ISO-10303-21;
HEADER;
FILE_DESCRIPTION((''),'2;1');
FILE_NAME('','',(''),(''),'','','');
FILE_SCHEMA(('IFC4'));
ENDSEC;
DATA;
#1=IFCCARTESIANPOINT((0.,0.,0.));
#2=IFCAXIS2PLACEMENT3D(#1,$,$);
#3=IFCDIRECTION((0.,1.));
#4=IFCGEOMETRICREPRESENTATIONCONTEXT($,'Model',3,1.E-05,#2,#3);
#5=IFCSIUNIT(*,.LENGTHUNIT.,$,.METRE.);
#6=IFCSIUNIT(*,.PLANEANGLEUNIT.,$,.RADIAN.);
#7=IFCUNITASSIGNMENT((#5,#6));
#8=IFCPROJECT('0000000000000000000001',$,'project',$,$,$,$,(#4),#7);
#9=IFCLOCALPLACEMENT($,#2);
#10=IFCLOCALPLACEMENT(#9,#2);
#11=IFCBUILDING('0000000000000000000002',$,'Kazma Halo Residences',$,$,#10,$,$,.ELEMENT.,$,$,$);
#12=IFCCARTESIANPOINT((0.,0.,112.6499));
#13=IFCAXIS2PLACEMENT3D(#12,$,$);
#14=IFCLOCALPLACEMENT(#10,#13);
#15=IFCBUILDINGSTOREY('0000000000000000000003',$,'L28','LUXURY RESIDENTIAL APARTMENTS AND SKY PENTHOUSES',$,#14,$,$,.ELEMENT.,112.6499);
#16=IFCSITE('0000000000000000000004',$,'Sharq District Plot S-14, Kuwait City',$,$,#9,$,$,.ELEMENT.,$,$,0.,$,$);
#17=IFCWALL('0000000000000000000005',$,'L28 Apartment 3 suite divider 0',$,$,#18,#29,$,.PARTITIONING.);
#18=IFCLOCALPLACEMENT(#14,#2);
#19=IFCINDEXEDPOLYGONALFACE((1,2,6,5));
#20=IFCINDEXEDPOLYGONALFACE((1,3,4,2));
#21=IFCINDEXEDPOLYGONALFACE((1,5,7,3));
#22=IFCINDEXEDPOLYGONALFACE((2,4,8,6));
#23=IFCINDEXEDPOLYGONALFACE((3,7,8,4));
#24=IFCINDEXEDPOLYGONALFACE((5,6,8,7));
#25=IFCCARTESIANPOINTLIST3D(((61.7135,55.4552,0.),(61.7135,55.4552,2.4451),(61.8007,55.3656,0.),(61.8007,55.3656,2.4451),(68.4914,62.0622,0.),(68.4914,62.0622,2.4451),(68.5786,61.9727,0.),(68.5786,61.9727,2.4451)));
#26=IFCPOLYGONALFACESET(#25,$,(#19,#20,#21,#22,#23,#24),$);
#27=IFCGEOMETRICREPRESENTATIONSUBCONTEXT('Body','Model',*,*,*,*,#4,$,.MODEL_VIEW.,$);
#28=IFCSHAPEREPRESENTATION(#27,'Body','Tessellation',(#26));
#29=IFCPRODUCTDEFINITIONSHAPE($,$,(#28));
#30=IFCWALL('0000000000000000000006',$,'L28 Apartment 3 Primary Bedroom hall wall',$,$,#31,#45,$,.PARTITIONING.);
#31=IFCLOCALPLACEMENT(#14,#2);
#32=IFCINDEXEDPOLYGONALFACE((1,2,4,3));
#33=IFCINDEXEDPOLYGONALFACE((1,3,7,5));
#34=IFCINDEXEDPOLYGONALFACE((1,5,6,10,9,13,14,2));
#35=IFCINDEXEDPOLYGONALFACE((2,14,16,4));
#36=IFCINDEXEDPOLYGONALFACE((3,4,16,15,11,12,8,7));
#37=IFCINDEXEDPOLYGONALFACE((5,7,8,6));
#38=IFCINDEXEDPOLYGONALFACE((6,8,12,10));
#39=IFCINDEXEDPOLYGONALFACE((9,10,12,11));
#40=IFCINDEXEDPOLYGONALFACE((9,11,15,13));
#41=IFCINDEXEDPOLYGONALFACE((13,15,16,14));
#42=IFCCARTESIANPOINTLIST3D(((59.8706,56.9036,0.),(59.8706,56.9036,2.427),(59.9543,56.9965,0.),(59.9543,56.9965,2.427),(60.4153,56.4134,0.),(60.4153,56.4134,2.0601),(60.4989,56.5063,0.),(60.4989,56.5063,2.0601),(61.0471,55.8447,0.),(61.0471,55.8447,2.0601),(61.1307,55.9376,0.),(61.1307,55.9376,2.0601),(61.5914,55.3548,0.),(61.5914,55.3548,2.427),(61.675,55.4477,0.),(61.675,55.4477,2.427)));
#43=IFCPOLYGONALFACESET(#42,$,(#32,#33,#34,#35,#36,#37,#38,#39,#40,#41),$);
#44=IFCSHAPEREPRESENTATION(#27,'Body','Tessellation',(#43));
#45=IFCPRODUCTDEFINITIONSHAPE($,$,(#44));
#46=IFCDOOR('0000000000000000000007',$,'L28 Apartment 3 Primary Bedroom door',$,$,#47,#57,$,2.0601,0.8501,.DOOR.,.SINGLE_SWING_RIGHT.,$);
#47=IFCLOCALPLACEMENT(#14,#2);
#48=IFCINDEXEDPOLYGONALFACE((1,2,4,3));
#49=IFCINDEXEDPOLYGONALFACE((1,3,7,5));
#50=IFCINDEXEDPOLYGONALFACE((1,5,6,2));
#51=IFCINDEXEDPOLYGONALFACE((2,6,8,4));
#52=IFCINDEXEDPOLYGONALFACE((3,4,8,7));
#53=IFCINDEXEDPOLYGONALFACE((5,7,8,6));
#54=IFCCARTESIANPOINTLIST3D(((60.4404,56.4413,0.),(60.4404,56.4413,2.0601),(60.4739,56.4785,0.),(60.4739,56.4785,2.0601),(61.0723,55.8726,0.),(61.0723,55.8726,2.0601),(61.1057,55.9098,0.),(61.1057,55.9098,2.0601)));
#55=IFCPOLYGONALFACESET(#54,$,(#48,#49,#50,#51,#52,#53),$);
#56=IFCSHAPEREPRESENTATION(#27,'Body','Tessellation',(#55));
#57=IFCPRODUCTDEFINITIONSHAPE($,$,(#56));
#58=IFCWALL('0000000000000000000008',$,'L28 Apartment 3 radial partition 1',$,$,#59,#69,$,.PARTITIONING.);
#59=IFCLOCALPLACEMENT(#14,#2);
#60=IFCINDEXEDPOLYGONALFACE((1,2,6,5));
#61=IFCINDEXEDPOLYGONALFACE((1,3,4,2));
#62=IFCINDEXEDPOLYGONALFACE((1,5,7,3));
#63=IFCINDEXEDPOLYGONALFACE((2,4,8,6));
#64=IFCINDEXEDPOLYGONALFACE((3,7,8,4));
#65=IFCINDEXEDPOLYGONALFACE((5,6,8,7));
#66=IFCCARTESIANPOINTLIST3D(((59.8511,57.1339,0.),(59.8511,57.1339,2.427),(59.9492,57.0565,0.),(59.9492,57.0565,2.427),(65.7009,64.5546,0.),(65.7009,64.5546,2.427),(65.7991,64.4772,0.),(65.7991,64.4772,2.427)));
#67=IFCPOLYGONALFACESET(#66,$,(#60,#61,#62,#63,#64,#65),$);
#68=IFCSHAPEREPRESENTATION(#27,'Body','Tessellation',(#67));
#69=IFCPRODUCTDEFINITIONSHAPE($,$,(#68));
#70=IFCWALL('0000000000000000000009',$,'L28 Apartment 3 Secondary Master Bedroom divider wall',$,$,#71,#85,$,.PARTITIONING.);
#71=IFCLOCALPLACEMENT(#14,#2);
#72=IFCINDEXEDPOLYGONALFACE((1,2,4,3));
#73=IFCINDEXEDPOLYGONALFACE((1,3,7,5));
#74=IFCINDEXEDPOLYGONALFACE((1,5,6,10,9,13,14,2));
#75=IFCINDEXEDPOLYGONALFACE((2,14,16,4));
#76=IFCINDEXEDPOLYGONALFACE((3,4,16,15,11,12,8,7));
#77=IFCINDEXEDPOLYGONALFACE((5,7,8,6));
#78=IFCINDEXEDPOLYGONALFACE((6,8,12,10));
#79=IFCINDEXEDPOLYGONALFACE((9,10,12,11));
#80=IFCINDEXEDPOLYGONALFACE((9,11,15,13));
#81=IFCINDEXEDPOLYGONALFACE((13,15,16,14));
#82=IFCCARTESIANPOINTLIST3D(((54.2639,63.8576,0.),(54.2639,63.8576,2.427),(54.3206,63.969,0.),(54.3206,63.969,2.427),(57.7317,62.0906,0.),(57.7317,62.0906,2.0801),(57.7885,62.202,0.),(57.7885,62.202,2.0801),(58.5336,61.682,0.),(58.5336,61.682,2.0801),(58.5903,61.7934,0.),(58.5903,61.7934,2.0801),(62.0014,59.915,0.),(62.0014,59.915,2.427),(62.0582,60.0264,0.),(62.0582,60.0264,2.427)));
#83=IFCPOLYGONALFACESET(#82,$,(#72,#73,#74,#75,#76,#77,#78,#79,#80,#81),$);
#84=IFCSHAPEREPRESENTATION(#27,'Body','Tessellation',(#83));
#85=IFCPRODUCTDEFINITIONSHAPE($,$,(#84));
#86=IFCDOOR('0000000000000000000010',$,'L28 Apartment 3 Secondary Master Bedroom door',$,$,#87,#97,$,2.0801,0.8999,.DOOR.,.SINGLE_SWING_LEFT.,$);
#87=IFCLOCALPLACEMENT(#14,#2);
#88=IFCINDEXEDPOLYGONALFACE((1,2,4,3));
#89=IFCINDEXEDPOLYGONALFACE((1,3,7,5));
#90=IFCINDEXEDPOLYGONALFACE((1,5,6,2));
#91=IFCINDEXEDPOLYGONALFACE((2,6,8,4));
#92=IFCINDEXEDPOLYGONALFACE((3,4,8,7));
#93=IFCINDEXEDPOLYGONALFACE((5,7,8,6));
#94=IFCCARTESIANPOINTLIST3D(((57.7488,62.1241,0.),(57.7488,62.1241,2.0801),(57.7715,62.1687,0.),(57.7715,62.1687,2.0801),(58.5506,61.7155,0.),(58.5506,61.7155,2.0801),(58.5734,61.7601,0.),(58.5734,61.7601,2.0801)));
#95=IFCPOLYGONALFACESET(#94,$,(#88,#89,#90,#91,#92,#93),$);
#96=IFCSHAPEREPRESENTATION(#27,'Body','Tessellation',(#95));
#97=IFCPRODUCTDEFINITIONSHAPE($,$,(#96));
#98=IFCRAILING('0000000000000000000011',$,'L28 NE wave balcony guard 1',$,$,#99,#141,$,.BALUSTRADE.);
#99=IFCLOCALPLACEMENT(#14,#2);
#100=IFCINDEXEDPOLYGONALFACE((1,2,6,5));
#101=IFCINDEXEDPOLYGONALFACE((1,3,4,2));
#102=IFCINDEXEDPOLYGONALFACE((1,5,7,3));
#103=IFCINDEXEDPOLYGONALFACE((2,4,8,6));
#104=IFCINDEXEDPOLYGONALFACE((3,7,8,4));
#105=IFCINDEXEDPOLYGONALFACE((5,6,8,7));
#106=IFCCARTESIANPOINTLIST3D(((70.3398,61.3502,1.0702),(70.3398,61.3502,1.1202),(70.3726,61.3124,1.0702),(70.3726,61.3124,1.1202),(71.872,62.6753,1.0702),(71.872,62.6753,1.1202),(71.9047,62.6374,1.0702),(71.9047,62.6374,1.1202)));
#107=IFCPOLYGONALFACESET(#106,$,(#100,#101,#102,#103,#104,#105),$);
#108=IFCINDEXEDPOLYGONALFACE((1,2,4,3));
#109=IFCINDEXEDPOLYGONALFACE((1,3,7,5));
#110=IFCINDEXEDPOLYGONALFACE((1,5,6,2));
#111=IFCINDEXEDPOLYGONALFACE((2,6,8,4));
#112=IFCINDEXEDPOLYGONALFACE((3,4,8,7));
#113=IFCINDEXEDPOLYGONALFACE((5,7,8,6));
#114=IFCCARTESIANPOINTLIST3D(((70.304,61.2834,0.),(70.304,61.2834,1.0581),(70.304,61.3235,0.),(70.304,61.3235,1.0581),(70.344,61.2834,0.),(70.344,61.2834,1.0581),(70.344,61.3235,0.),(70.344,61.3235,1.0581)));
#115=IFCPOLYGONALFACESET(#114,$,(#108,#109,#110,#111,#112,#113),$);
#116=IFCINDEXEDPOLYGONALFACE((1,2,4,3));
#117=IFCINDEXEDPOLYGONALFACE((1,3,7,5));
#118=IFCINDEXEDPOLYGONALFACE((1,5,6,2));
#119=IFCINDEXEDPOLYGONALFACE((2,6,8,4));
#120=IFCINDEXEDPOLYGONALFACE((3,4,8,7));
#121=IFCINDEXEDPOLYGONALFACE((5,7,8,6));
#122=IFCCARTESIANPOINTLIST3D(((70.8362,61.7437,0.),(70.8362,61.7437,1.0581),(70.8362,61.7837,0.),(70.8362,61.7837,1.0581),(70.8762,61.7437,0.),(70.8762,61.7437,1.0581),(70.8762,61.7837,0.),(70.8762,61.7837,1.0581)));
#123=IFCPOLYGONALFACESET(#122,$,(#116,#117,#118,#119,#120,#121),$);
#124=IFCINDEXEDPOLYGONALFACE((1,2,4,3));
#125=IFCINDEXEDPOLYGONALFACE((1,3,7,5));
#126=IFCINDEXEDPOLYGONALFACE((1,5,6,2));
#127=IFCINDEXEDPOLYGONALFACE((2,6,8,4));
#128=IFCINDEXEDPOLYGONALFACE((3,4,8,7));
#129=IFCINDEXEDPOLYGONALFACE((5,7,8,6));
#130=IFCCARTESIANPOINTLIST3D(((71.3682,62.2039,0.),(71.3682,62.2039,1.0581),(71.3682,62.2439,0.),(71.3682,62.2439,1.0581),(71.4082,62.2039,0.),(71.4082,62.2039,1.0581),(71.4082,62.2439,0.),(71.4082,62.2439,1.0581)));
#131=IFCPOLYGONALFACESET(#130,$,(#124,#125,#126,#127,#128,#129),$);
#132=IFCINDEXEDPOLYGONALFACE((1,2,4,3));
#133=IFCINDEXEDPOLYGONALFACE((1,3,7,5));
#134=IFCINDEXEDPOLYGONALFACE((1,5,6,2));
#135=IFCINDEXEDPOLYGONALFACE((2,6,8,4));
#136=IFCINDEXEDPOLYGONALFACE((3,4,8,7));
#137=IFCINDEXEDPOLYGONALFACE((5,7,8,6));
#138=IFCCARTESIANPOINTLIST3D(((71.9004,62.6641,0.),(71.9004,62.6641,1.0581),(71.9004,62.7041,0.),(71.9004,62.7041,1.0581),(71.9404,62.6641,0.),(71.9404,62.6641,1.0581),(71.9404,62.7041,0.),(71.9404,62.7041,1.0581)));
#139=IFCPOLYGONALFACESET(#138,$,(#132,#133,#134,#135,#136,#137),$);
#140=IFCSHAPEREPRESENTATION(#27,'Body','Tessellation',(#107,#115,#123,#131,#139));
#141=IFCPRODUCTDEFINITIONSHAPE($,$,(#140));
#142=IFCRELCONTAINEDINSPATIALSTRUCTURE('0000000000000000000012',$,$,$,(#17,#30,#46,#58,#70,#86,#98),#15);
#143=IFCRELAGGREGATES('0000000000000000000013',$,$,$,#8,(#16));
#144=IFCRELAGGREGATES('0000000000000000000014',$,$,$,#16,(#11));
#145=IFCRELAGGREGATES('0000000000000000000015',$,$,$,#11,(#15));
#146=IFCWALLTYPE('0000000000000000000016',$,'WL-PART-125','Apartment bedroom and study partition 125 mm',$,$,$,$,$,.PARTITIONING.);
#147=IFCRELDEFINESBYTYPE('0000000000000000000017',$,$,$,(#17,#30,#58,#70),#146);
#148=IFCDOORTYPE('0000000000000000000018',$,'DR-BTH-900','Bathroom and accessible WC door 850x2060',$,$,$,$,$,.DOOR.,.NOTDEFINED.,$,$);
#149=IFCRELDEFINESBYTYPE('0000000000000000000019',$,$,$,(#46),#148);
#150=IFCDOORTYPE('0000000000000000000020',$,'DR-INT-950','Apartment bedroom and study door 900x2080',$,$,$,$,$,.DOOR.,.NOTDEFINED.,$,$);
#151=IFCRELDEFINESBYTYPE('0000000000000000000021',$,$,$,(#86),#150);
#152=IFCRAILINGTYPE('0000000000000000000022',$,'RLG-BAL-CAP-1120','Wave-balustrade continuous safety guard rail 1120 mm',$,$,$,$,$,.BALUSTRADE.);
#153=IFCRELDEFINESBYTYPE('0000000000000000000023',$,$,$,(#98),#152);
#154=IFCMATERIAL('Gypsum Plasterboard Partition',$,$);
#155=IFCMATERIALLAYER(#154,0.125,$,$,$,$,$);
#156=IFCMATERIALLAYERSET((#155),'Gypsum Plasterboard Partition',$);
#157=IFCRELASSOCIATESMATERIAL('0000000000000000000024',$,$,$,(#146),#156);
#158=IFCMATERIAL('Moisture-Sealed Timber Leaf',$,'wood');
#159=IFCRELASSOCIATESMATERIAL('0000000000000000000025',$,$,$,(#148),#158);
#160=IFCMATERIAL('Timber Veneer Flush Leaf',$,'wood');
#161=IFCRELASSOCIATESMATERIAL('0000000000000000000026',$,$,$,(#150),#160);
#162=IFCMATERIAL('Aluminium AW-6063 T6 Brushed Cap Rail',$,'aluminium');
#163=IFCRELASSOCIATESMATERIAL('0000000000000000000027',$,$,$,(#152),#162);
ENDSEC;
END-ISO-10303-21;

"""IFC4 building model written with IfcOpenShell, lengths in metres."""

from ifc_helpers import new_model, si_unit, direction, frame, frame_2d, origin, origin_2d, place, context, subcontext, project, spatial, rectangle, extrude, material, layer, layer_set, type_object, element, fill, save


model = new_model("IFC4")

# Units and contexts
model_context = context("Model", 3, precision=1e-05, world=origin(), true_north=direction((0.0, 1.0)))
body_context = subcontext(model_context, "Body", "Model", "MODEL_VIEW")
ifc_project = project(units=[si_unit("LENGTHUNIT", "METRE"), si_unit("PLANEANGLEUNIT", "RADIAN")], contexts=[model_context])

# Site, building, storey
site_placement = place(None, origin())
site = spatial("IfcSite", under=ifc_project, at=site_placement, Name="Sharq District Plot S-14, Kuwait City", CompositionType="ELEMENT", RefElevation=0.0)
building_placement = place(site_placement, origin())
building = spatial("IfcBuilding", under=site, at=building_placement, Name="Kazma Halo Residences", CompositionType="ELEMENT")
storey_placement = place(building_placement, frame((0.0, 0.0, 112.6499)))
storey = spatial("IfcBuildingStorey", under=building, at=storey_placement, Name="L28", Description="LUXURY RESIDENTIAL APARTMENTS AND SKY PENTHOUSES", CompositionType="ELEMENT", Elevation=112.6499)

# Shared definitions
ifc_material_1 = material(Name="Gypsum Plasterboard Partition")
ifc_layer_1 = layer(ifc_material_1, 0.125)
ifc_layer_set_1 = layer_set([ifc_layer_1], Name="Gypsum Plasterboard Partition")
wall_type_1 = type_object("IfcWallType", Name="WL-PART-125", Description="Apartment bedroom and study partition 125 mm", PredefinedType="PARTITIONING", material=ifc_layer_set_1)
ifc_material_2 = material(Name="Moisture-Sealed Timber Leaf", Category="wood")
door_type_1 = type_object("IfcDoorType", Name="DR-BTH-900", Description="Bathroom and accessible WC door 850x2060", OperationType="NOTDEFINED", PredefinedType="DOOR", material=ifc_material_2)

# Wall
wall_1_placement = place(storey_placement, frame((61.7571, 55.4104, 0.0), z_axis=(0.0, 0.0, 1.0), x_axis=(0.716077, 0.698021, 0.0)))
element("IfcWall", 1, at=wall_1_placement, inside=storey, type_object=wall_type_1, Name="L28 Apartment 3 suite divider 0", PredefinedType="PARTITIONING", context=body_context, shape_type="SweptSolid", body=[
    extrude(rectangle(XDim=9.4653, YDim=0.125, at=frame_2d((4.7327, 0.0))), origin(), (0.0, 0.0, 1.0), 2.4451),
])

# Wall, opening, door
wall_2_placement = place(storey_placement, frame((61.6333, 55.4011, 0.0), z_axis=(0.0, 0.0, 1.0), x_axis=(-0.743252, 0.669011, 0.0)))
wall_2 = element("IfcWall", 2, at=wall_2_placement, inside=storey, type_object=wall_type_1, Name="L28 Apartment 3 Primary Bedroom hall wall", PredefinedType="PARTITIONING", context=body_context, shape_type="SweptSolid", body=[
    extrude(rectangle(XDim=2.3152, YDim=0.125, at=frame_2d((1.1577, 0.0))), origin(), (0.0, 0.0, 1.0), 2.427),
])
opening_1_placement = place(wall_2_placement, frame((0.7324, 0.0, 0.0)))
opening_1 = element("IfcOpeningElement", 3, at=opening_1_placement, cuts=wall_2, PredefinedType="OPENING", context=body_context, shape_type="SweptSolid", body=[
    extrude(rectangle(XDim=0.8501, YDim=2.0601, at=frame_2d((0.425, 1.03))), frame((0.0, 0.0725, 0.0), z_axis=(0.0, -1.0, 0.0), x_axis=(1.0, 0.0, 0.0)), (0.0, 0.0, 1.0), 0.145),
])
door_1_placement = place(opening_1_placement, origin())
door_1 = element("IfcDoor", 4, at=door_1_placement, inside=storey, type_object=door_type_1, Name="L28 Apartment 3 Primary Bedroom door", OperationType="SINGLE_SWING_RIGHT", OverallHeight=2.0601, OverallWidth=0.8501, PredefinedType="DOOR", context=body_context, shape_type="SweptSolid", body=[
    extrude(rectangle(XDim=0.8501, YDim=2.0601, at=frame_2d((0.425, 1.03))), frame((0.0, 0.0249, 0.0), z_axis=(0.0, -1.0, 0.0), x_axis=(1.0, 0.0, 0.0)), (0.0, 0.0, 1.0), 0.05),
])
fill(opening_1, door_1)

# Wall
wall_3_placement = place(storey_placement, frame((59.9001, 57.0952, 0.0), z_axis=(0.0, 0.0, 1.0), x_axis=(0.619086, 0.785323, 0.0)))
element("IfcWall", 5, at=wall_3_placement, inside=storey, type_object=wall_type_1, Name="L28 Apartment 3 radial partition 1", PredefinedType="PARTITIONING", context=body_context, shape_type="SweptSolid", body=[
    extrude(rectangle(XDim=9.4492, YDim=0.125, at=frame_2d((4.7246, 0.0))), origin(), (0.0, 0.0, 1.0), 2.427),
])

# Wall, opening, door
wall_4_placement = place(storey_placement, frame((62.0298, 59.9707, 0.0), z_axis=(0.0, 0.0, 1.0), x_axis=(-0.891, 0.454004, 0.0)))
wall_4 = element("IfcWall", 6, at=wall_4_placement, inside=storey, type_object=wall_type_1, Name="L28 Apartment 3 Secondary Master Bedroom divider wall", PredefinedType="PARTITIONING", context=body_context, shape_type="SweptSolid", body=[
    extrude(rectangle(XDim=8.6841, YDim=0.125, at=frame_2d((4.342, 0.0))), origin(), (0.0, 0.0, 1.0), 2.427),
])
opening_2_placement = place(wall_4_placement, frame((3.8921, 0.0, 0.0)))
opening_2 = element("IfcOpeningElement", 7, at=opening_2_placement, cuts=wall_4, PredefinedType="OPENING", context=body_context, shape_type="SweptSolid", body=[
    extrude(rectangle(XDim=0.8999, YDim=2.0801, at=frame_2d((0.45, 1.04))), frame((0.0, 0.0725, 0.0), z_axis=(0.0, -1.0, 0.0), x_axis=(1.0, 0.0, 0.0)), (0.0, 0.0, 1.0), 0.145),
])
ifc_material_3 = material(Name="Timber Veneer Flush Leaf", Category="wood")
door_type_2 = type_object("IfcDoorType", Name="DR-INT-950", Description="Apartment bedroom and study door 900x2080", OperationType="NOTDEFINED", PredefinedType="DOOR", material=ifc_material_3)
door_2_placement = place(opening_2_placement, origin())
door_2 = element("IfcDoor", 8, at=door_2_placement, inside=storey, type_object=door_type_2, Name="L28 Apartment 3 Secondary Master Bedroom door", OperationType="SINGLE_SWING_LEFT", OverallHeight=2.0801, OverallWidth=0.8999, PredefinedType="DOOR", context=body_context, shape_type="SweptSolid", body=[
    extrude(rectangle(XDim=0.8999, YDim=2.0801, at=frame_2d((0.45, 1.04))), frame((0.0, 0.0249, 0.0), z_axis=(0.0, -1.0, 0.0), x_axis=(1.0, 0.0, 0.0)), (0.0, 0.0, 1.0), 0.05),
])
fill(opening_2, door_2)

# Railing
ifc_material_4 = material(Name="Aluminium AW-6063 T6 Brushed Cap Rail", Category="aluminium")
railing_type = type_object("IfcRailingType", Name="RLG-BAL-CAP-1120", Description="Wave-balustrade continuous safety guard rail 1120 mm", PredefinedType="BALUSTRADE", material=ifc_material_4)
railing_1_placement = place(storey_placement, frame((70.324, 61.3035, 0.0)))
element("IfcRailing", 9, at=railing_1_placement, inside=storey, type_object=railing_type, Name="L28 NE wave balcony guard 1", PredefinedType="BALUSTRADE", context=body_context, shape_type="SweptSolid", body=[
    extrude(rectangle(XDim=0.05, YDim=0.05, at=origin_2d()), frame((0.0322, 0.0278, 1.0952), z_axis=(0.756383, 0.654129, 0.0), x_axis=(-0.654129, 0.756383, 0.0)), (0.0, 0.0, 1.0), 2.0256),
    extrude(rectangle(XDim=0.04, YDim=0.04, at=origin_2d()), origin(), (0.0, 0.0, 1.0), 1.0581),
    extrude(rectangle(XDim=0.04, YDim=0.04, at=origin_2d()), frame((0.5322, 0.4602, 0.0)), (0.0, 0.0, 1.0), 1.0581),
    extrude(rectangle(XDim=0.04, YDim=0.04, at=origin_2d()), frame((1.0642, 0.9204, 0.0)), (0.0, 0.0, 1.0), 1.0581),
    extrude(rectangle(XDim=0.04, YDim=0.04, at=origin_2d()), frame((1.5964, 1.3806, 0.0)), (0.0, 0.0, 1.0), 1.0581),
])

save(model, "model.ifc")
